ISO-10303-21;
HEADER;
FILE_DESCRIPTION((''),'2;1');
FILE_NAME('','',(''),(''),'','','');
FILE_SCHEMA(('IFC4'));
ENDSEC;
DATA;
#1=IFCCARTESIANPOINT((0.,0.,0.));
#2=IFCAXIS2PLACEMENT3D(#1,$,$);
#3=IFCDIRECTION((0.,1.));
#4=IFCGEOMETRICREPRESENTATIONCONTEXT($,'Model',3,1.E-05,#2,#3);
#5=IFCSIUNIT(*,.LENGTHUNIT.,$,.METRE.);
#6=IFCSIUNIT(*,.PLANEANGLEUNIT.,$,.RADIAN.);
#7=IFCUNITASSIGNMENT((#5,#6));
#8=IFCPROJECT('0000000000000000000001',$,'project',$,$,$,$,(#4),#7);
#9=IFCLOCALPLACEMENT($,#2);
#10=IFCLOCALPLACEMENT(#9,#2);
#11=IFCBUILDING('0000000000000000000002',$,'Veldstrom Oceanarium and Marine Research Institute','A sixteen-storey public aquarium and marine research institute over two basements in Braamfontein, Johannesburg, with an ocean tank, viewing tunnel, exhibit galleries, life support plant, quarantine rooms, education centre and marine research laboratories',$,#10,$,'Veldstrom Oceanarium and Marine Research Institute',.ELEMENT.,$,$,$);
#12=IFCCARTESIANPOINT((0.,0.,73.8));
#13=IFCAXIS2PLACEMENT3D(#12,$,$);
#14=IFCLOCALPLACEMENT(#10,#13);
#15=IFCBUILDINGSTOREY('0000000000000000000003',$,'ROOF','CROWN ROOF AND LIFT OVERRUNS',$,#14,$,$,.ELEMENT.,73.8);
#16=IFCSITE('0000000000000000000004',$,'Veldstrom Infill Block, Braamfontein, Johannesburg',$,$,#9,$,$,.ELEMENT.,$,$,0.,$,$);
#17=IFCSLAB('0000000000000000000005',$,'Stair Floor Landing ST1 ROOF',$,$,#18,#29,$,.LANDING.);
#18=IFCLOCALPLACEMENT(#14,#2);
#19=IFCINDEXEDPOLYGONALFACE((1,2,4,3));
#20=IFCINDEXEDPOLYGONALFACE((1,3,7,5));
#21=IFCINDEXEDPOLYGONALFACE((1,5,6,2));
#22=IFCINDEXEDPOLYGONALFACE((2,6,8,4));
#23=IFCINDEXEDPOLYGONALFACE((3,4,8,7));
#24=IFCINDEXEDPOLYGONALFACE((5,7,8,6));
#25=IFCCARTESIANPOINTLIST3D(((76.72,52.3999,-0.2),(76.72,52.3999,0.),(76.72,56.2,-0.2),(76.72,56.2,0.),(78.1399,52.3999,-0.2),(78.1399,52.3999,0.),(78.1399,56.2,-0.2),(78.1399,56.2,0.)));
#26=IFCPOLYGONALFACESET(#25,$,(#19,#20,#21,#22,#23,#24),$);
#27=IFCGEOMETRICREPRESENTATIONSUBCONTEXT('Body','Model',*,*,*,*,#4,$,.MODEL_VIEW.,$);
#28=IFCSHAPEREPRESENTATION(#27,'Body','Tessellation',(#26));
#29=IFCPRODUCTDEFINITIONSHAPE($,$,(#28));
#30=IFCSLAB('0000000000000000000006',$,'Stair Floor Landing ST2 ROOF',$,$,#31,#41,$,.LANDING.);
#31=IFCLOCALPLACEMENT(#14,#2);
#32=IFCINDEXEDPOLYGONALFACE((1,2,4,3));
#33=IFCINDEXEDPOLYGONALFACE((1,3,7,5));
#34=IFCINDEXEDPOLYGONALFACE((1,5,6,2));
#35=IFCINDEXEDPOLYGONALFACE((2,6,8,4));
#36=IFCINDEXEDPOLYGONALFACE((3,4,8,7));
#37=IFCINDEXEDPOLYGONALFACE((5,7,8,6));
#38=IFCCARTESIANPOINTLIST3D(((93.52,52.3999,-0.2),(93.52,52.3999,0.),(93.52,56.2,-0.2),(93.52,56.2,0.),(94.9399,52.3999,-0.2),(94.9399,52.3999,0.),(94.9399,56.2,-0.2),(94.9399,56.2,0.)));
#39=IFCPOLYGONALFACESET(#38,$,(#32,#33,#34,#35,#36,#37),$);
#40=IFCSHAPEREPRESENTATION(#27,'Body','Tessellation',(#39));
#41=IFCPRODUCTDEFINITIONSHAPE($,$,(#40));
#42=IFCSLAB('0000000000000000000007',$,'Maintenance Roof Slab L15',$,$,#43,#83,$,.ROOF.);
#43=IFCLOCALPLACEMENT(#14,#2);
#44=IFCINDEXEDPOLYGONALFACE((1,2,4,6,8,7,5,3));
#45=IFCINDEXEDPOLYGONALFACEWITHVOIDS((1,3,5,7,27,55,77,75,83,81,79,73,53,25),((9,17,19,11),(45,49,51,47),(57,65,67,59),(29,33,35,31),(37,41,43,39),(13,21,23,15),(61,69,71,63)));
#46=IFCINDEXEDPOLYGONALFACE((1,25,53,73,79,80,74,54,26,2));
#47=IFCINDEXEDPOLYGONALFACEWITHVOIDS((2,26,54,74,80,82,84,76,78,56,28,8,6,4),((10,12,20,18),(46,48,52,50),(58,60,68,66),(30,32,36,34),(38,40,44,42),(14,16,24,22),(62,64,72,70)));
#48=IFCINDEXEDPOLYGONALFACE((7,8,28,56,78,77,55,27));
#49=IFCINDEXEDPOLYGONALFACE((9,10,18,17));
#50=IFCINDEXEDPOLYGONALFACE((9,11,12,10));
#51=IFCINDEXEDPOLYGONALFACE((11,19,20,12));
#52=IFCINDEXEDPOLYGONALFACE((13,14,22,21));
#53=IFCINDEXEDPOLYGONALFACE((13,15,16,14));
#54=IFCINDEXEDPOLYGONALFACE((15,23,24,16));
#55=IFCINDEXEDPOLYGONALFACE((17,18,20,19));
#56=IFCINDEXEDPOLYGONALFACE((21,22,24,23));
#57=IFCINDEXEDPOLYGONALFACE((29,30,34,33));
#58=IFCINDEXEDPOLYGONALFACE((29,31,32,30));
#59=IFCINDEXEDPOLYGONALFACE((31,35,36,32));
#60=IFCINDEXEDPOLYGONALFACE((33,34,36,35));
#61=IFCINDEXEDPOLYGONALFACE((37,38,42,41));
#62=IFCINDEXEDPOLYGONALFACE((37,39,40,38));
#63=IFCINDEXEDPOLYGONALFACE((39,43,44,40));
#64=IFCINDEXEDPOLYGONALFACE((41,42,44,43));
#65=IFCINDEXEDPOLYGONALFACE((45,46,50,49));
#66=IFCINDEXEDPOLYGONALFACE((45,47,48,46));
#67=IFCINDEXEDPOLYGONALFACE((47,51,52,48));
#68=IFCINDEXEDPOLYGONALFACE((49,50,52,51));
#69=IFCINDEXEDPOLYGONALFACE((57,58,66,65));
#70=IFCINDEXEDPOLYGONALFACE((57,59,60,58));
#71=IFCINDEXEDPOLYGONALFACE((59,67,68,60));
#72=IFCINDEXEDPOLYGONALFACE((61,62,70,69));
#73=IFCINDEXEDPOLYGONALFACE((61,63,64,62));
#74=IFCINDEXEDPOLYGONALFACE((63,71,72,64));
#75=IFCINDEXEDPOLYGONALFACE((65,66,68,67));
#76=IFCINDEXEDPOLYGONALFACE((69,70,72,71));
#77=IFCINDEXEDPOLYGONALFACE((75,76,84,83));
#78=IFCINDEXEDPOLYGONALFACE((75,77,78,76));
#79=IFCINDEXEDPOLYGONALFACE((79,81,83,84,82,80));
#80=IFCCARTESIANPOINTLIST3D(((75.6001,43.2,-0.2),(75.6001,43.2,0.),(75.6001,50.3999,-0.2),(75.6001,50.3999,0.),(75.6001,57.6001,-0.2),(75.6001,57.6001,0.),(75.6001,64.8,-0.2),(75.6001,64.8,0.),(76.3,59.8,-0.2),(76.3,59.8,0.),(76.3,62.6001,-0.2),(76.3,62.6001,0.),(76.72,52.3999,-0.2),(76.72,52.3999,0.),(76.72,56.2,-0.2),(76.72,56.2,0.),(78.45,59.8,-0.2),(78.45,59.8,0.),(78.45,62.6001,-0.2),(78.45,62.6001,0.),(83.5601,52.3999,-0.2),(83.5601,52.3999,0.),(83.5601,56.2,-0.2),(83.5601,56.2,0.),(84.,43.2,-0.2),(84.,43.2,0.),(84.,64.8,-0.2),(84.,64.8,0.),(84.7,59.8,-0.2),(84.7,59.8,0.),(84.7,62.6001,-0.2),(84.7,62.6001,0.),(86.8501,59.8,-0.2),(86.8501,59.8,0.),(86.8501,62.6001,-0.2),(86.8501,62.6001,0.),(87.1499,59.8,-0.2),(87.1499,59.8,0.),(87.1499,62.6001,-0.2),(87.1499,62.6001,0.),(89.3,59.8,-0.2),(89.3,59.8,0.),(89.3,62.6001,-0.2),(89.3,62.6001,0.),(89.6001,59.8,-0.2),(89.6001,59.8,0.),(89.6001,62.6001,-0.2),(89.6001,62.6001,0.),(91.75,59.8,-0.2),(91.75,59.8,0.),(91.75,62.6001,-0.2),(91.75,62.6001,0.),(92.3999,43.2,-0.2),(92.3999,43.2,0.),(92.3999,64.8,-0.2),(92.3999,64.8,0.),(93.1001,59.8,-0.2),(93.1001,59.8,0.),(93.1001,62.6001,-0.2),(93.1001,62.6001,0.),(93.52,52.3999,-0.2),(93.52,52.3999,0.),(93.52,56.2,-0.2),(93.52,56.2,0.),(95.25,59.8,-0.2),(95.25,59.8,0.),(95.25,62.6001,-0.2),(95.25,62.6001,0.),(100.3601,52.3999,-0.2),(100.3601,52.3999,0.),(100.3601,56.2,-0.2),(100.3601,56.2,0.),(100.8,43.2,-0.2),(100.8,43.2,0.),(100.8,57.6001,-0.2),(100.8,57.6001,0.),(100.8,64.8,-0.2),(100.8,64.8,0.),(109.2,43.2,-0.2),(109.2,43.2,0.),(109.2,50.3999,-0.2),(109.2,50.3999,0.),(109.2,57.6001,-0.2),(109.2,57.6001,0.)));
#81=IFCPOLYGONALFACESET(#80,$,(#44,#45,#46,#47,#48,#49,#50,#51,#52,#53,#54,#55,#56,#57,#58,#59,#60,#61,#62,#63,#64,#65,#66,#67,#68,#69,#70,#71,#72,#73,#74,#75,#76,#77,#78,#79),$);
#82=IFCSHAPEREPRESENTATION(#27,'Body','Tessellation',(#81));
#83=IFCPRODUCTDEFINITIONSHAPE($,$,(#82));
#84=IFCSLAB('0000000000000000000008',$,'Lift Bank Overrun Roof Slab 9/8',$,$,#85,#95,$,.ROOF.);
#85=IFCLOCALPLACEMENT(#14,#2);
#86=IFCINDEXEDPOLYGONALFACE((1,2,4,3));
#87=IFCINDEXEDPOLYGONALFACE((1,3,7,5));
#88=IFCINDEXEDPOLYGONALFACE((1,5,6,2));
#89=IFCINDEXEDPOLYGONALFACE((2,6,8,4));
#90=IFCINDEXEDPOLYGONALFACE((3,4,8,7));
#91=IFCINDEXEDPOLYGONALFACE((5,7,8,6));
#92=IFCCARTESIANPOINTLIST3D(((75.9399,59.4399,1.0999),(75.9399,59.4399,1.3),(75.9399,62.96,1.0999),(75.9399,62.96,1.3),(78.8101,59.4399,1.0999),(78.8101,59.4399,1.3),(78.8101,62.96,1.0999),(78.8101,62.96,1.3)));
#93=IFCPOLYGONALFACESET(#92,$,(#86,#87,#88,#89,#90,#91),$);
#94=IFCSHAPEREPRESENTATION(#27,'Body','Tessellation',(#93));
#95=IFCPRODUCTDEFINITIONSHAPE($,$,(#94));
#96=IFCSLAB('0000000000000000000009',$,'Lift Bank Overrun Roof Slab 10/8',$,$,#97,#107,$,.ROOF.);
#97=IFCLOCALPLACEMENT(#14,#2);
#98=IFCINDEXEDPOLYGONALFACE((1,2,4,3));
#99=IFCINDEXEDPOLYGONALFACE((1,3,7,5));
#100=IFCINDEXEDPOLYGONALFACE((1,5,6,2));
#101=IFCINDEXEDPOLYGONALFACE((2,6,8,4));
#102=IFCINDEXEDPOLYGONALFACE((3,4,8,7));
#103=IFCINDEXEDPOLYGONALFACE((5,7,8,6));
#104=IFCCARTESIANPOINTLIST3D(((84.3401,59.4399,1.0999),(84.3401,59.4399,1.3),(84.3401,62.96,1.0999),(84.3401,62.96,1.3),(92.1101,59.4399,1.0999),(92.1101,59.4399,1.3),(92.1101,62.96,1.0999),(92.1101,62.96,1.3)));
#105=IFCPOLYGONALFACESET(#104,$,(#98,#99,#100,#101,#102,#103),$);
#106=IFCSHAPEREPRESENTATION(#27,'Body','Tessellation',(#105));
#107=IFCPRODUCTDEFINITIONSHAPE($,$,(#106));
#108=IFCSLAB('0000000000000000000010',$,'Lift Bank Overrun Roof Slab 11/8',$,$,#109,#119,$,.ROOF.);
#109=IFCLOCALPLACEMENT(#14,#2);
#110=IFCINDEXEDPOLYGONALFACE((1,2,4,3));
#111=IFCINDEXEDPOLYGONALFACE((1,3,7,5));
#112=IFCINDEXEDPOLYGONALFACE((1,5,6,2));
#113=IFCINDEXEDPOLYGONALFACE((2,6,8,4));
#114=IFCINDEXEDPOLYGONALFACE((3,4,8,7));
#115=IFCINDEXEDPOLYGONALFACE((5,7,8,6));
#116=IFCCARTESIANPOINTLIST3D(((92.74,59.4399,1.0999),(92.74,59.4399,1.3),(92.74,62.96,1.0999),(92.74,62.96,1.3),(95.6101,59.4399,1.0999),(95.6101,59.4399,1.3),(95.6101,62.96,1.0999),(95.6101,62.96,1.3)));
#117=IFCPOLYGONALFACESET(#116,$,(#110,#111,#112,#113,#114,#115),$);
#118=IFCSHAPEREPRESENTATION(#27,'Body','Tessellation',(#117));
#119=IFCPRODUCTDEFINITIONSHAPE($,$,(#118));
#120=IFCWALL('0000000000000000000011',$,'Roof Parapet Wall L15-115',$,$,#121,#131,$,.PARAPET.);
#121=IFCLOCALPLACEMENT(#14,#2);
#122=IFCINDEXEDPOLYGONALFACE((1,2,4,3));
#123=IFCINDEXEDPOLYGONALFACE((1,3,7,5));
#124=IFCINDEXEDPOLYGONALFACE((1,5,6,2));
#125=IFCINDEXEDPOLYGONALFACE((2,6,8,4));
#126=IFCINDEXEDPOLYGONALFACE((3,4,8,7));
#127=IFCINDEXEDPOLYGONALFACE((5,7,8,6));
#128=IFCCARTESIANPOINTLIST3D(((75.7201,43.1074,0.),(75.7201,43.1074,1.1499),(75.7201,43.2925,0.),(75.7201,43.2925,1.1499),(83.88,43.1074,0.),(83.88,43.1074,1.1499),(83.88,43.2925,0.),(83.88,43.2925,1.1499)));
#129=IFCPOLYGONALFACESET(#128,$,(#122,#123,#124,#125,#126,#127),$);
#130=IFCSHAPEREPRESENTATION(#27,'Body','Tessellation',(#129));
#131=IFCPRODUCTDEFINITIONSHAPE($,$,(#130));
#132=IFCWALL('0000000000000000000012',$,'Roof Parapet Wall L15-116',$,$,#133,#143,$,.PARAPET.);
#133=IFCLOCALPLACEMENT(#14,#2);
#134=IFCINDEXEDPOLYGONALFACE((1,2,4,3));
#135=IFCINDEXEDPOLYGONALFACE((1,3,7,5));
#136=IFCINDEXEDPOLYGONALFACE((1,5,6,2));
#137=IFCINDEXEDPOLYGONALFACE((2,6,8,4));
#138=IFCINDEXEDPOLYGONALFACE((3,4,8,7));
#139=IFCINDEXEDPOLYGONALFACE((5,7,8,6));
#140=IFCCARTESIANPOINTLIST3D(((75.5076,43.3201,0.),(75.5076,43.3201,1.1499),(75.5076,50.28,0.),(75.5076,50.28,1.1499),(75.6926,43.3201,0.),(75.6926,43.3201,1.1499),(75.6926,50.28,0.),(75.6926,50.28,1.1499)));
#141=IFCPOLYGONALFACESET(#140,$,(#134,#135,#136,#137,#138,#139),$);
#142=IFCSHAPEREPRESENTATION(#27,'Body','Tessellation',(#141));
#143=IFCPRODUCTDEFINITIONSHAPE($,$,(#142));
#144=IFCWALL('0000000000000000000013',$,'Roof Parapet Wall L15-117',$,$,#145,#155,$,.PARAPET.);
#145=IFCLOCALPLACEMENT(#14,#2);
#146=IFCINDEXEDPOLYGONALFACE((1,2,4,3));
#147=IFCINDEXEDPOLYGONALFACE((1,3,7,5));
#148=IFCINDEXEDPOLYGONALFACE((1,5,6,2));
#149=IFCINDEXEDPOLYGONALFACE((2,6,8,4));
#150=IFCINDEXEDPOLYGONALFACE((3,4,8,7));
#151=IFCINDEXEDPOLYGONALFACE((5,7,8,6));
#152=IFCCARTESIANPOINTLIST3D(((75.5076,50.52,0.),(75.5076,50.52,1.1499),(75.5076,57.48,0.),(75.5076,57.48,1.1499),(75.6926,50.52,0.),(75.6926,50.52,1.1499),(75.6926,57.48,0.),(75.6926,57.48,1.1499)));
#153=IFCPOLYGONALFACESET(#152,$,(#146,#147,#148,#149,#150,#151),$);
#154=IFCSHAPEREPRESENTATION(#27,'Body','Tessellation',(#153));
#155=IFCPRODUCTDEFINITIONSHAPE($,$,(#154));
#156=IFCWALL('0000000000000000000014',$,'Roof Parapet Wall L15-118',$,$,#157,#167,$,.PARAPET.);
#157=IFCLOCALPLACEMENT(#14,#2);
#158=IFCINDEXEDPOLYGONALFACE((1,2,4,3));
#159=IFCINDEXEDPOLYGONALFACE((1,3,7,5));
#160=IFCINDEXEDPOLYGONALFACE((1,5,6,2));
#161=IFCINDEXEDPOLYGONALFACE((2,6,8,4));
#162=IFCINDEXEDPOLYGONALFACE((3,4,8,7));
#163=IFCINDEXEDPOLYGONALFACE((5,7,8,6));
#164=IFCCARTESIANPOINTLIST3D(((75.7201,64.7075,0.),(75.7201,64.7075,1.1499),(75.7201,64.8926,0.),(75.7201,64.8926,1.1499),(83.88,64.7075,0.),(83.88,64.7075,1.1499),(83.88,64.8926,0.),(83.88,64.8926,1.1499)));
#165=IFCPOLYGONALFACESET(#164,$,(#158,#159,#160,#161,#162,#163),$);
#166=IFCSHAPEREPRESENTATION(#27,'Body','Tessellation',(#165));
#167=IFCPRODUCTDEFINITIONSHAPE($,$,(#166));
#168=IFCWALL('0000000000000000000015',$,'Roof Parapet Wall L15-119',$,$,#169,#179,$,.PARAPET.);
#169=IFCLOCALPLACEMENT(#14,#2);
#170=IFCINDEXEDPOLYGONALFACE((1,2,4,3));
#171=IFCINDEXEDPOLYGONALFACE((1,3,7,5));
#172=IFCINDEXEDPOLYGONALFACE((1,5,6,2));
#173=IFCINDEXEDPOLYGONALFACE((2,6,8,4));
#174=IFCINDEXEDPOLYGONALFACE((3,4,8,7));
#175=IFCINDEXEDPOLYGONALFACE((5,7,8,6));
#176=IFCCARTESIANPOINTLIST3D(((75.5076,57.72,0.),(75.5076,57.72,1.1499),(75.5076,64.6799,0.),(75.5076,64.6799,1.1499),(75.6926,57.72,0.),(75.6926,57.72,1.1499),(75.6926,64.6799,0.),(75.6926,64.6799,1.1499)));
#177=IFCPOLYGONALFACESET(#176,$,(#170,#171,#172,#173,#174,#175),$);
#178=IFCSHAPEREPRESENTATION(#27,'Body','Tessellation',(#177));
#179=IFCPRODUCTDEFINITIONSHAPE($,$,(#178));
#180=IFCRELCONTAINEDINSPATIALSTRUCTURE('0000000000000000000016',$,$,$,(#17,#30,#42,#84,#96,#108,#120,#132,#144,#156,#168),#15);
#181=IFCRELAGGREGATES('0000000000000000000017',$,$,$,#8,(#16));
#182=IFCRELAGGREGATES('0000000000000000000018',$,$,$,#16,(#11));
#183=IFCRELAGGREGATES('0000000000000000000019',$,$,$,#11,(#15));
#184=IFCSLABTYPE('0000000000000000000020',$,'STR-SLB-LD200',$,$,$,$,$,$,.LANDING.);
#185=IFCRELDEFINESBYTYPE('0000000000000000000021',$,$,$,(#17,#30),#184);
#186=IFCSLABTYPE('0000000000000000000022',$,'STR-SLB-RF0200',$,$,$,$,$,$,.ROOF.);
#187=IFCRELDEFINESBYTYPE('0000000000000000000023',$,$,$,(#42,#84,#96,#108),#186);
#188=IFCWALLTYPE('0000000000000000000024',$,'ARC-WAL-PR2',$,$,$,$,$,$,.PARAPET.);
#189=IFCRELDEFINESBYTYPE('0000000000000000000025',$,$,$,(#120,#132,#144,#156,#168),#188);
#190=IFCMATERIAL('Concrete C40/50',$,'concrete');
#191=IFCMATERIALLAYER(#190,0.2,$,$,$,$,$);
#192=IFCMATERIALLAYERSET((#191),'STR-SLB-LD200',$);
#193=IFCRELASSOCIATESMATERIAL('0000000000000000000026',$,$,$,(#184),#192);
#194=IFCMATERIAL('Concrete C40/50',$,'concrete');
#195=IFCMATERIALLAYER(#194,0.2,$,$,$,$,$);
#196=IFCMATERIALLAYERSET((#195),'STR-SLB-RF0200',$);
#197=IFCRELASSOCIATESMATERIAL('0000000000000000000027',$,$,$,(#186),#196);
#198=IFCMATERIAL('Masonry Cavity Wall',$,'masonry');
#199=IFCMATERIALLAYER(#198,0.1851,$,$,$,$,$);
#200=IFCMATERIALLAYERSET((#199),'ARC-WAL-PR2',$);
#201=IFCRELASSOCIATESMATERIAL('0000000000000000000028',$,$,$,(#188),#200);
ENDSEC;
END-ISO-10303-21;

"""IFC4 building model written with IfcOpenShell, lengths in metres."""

from ifc_helpers import new_model, si_unit, direction, frame, frame_2d, origin, place, context, subcontext, project, spatial, polyline, rectangle, outline, extrude, material, layer, layer_set, type_object, element, save


model = new_model("IFC4")

# Units and contexts
model_context = context("Model", 3, precision=1e-05, world=origin(), true_north=direction((0.0, 1.0)))
body_context = subcontext(model_context, "Body", "Model", "MODEL_VIEW")
ifc_project = project(units=[si_unit("LENGTHUNIT", "METRE"), si_unit("PLANEANGLEUNIT", "RADIAN")], contexts=[model_context])

# Site, building, storey
site_placement = place(None, origin())
site = spatial("IfcSite", under=ifc_project, at=site_placement, Name="Veldstrom Infill Block, Braamfontein, Johannesburg", CompositionType="ELEMENT", RefElevation=0.0)
building_placement = place(site_placement, origin())
building = spatial("IfcBuilding", under=site, at=building_placement, Name="Veldstrom Oceanarium and Marine Research Institute", Description="A sixteen-storey public aquarium and marine research institute over two basements in Braamfontein, Johannesburg, with an ocean tank, viewing tunnel, exhibit galleries, life support plant, quarantine rooms, education centre and marine research laboratories", LongName="Veldstrom Oceanarium and Marine Research Institute", CompositionType="ELEMENT")
storey_placement = place(building_placement, frame((0.0, 0.0, 73.8)))
storey = spatial("IfcBuildingStorey", under=building, at=storey_placement, Name="ROOF", Description="CROWN ROOF AND LIFT OVERRUNS", CompositionType="ELEMENT", Elevation=73.8)

# Slabs
ifc_material_1 = material(Name="Concrete C40/50", Category="concrete")
ifc_layer_1 = layer(ifc_material_1, 0.2)
ifc_layer_set_1 = layer_set([ifc_layer_1], Name="STR-SLB-LD200")
slab_type_1 = type_object("IfcSlabType", Name="STR-SLB-LD200", PredefinedType="LANDING", material=ifc_layer_set_1)
slab_1_placement = place(storey_placement, frame((0.0, 0.0, -0.2)))
element("IfcSlab", 1, at=slab_1_placement, inside=storey, type_object=slab_type_1, Name="Stair Floor Landing ST1 ROOF", PredefinedType="LANDING", context=body_context, shape_type="SweptSolid", body=[
    extrude(outline(polyline([(76.72, 52.3999), (78.1399, 52.3999), (78.1399, 56.2), (76.72, 56.2), (76.72, 52.3999)])), origin(), (0.0, 0.0, 1.0), 0.2),
])
slab_2_placement = place(storey_placement, frame((0.0, 0.0, -0.2)))
element("IfcSlab", 2, at=slab_2_placement, inside=storey, type_object=slab_type_1, Name="Stair Floor Landing ST2 ROOF", PredefinedType="LANDING", context=body_context, shape_type="SweptSolid", body=[
    extrude(outline(polyline([(93.52, 52.3999), (94.9399, 52.3999), (94.9399, 56.2), (93.52, 56.2), (93.52, 52.3999)])), origin(), (0.0, 0.0, 1.0), 0.2),
])
ifc_material_2 = material(Name="Concrete C40/50", Category="concrete")
ifc_layer_2 = layer(ifc_material_2, 0.2)
ifc_layer_set_2 = layer_set([ifc_layer_2], Name="STR-SLB-RF0200")
slab_type_2 = type_object("IfcSlabType", Name="STR-SLB-RF0200", PredefinedType="ROOF", material=ifc_layer_set_2)
slab_3_placement = place(storey_placement, frame((0.0, 0.0, -0.2)))
element("IfcSlab", 3, at=slab_3_placement, inside=storey, type_object=slab_type_2, Name="Maintenance Roof Slab L15", PredefinedType="ROOF", context=body_context, shape_type="SweptSolid", body=[
    extrude(outline(polyline([(109.2, 50.3999), (109.2, 43.2), (100.8, 43.2), (92.3999, 43.2), (84.0, 43.2), (75.6001, 43.2), (75.6001, 50.3999), (75.6001, 57.6001), (75.6001, 64.8), (84.0, 64.8), (92.3999, 64.8), (100.8, 64.8), (100.8, 57.6001), (109.2, 57.6001), (109.2, 50.3999)]), holes=[polyline([(76.72, 52.3999), (83.5601, 52.3999), (83.5601, 56.2), (76.72, 56.2), (76.72, 52.3999)]), polyline([(93.52, 56.2), (93.52, 52.3999), (100.3601, 52.3999), (100.3601, 56.2), (93.52, 56.2)]), polyline([(78.45, 62.6001), (76.3, 62.6001), (76.3, 59.8), (78.45, 59.8), (78.45, 62.6001)]), polyline([(95.25, 59.8), (95.25, 62.6001), (93.1001, 62.6001), (93.1001, 59.8), (95.25, 59.8)]), polyline([(84.7, 59.8), (86.8501, 59.8), (86.8501, 62.6001), (84.7, 62.6001), (84.7, 59.8)]), polyline([(87.1499, 62.6001), (87.1499, 59.8), (89.3, 59.8), (89.3, 62.6001), (87.1499, 62.6001)]), polyline([(91.75, 62.6001), (89.6001, 62.6001), (89.6001, 59.8), (91.75, 59.8), (91.75, 62.6001)])]), origin(), (0.0, 0.0, 1.0), 0.2),
])
slab_4_placement = place(storey_placement, frame((0.0, 0.0, 1.0999)))
element("IfcSlab", 4, at=slab_4_placement, inside=storey, type_object=slab_type_2, Name="Lift Bank Overrun Roof Slab 9/8", PredefinedType="ROOF", context=body_context, shape_type="SweptSolid", body=[
    extrude(outline(polyline([(75.9399, 59.4399), (78.8101, 59.4399), (78.8101, 62.96), (75.9399, 62.96), (75.9399, 59.4399)])), origin(), (0.0, 0.0, 1.0), 0.2002),
])
slab_5_placement = place(storey_placement, frame((0.0, 0.0, 1.0999)))
element("IfcSlab", 5, at=slab_5_placement, inside=storey, type_object=slab_type_2, Name="Lift Bank Overrun Roof Slab 10/8", PredefinedType="ROOF", context=body_context, shape_type="SweptSolid", body=[
    extrude(outline(polyline([(84.3401, 59.4399), (92.1101, 59.4399), (92.1101, 62.96), (84.3401, 62.96), (84.3401, 59.4399)])), origin(), (0.0, 0.0, 1.0), 0.2002),
])
slab_6_placement = place(storey_placement, frame((0.0, 0.0, 1.0999)))
element("IfcSlab", 6, at=slab_6_placement, inside=storey, type_object=slab_type_2, Name="Lift Bank Overrun Roof Slab 11/8", PredefinedType="ROOF", context=body_context, shape_type="SweptSolid", body=[
    extrude(outline(polyline([(92.74, 59.4399), (95.6101, 59.4399), (95.6101, 62.96), (92.74, 62.96), (92.74, 59.4399)])), origin(), (0.0, 0.0, 1.0), 0.2002),
])

# Walls
ifc_material_3 = material(Name="Masonry Cavity Wall", Category="masonry")
ifc_layer_3 = layer(ifc_material_3, 0.1851)
ifc_layer_set_3 = layer_set([ifc_layer_3], Name="ARC-WAL-PR2")
wall_type_1 = type_object("IfcWallType", Name="ARC-WAL-PR2", PredefinedType="PARAPET", material=ifc_layer_set_3)
wall_1_placement = place(storey_placement, frame((75.72, 43.2, 0.0), z_axis=(0.0, 0.0, 1.0), x_axis=(1.0, 0.0, 0.0)))
element("IfcWall", 7, at=wall_1_placement, inside=storey, type_object=wall_type_1, Name="Roof Parapet Wall L15-115", PredefinedType="PARAPET", context=body_context, shape_type="SweptSolid", body=[
    extrude(rectangle(XDim=8.1599, YDim=0.1851, at=frame_2d((4.0801, 0.0))), origin(), (0.0, 0.0, 1.0), 1.1499),
])
for number, where, z_axis, x_axis, name in (
    (8, (75.6001, 43.3201, 0.0), (0.0, 0.0, 1.0), (0.0, 1.0, 0.0), "Roof Parapet Wall L15-116"),
    (9, (75.6001, 50.52, 0.0), (0.0, 0.0, 1.0), (0.0, 1.0, 0.0), "Roof Parapet Wall L15-117"),
):
    element("IfcWall", number, at=place(storey_placement, frame(where, z_axis=z_axis, x_axis=x_axis)), inside=storey, type_object=wall_type_1, Name=name, PredefinedType="PARAPET", context=body_context, shape_type="SweptSolid", body=[
        extrude(rectangle(XDim=6.96, YDim=0.1851, at=frame_2d((3.48, 0.0))), origin(), (0.0, 0.0, 1.0), 1.1499),
    ])
wall_2_placement = place(storey_placement, frame((75.72, 64.8, 0.0), z_axis=(0.0, 0.0, 1.0), x_axis=(1.0, 0.0, 0.0)))
element("IfcWall", 10, at=wall_2_placement, inside=storey, type_object=wall_type_1, Name="Roof Parapet Wall L15-118", PredefinedType="PARAPET", context=body_context, shape_type="SweptSolid", body=[
    extrude(rectangle(XDim=8.1599, YDim=0.1851, at=frame_2d((4.0801, 0.0))), origin(), (0.0, 0.0, 1.0), 1.1499),
])
wall_3_placement = place(storey_placement, frame((75.6001, 57.72, 0.0), z_axis=(0.0, 0.0, 1.0), x_axis=(0.0, 1.0, 0.0)))
element("IfcWall", 11, at=wall_3_placement, inside=storey, type_object=wall_type_1, Name="Roof Parapet Wall L15-119", PredefinedType="PARAPET", context=body_context, shape_type="SweptSolid", body=[
    extrude(rectangle(XDim=6.96, YDim=0.1851, at=frame_2d((3.48, 0.0))), origin(), (0.0, 0.0, 1.0), 1.1499),
])

save(model, "model.ifc")
